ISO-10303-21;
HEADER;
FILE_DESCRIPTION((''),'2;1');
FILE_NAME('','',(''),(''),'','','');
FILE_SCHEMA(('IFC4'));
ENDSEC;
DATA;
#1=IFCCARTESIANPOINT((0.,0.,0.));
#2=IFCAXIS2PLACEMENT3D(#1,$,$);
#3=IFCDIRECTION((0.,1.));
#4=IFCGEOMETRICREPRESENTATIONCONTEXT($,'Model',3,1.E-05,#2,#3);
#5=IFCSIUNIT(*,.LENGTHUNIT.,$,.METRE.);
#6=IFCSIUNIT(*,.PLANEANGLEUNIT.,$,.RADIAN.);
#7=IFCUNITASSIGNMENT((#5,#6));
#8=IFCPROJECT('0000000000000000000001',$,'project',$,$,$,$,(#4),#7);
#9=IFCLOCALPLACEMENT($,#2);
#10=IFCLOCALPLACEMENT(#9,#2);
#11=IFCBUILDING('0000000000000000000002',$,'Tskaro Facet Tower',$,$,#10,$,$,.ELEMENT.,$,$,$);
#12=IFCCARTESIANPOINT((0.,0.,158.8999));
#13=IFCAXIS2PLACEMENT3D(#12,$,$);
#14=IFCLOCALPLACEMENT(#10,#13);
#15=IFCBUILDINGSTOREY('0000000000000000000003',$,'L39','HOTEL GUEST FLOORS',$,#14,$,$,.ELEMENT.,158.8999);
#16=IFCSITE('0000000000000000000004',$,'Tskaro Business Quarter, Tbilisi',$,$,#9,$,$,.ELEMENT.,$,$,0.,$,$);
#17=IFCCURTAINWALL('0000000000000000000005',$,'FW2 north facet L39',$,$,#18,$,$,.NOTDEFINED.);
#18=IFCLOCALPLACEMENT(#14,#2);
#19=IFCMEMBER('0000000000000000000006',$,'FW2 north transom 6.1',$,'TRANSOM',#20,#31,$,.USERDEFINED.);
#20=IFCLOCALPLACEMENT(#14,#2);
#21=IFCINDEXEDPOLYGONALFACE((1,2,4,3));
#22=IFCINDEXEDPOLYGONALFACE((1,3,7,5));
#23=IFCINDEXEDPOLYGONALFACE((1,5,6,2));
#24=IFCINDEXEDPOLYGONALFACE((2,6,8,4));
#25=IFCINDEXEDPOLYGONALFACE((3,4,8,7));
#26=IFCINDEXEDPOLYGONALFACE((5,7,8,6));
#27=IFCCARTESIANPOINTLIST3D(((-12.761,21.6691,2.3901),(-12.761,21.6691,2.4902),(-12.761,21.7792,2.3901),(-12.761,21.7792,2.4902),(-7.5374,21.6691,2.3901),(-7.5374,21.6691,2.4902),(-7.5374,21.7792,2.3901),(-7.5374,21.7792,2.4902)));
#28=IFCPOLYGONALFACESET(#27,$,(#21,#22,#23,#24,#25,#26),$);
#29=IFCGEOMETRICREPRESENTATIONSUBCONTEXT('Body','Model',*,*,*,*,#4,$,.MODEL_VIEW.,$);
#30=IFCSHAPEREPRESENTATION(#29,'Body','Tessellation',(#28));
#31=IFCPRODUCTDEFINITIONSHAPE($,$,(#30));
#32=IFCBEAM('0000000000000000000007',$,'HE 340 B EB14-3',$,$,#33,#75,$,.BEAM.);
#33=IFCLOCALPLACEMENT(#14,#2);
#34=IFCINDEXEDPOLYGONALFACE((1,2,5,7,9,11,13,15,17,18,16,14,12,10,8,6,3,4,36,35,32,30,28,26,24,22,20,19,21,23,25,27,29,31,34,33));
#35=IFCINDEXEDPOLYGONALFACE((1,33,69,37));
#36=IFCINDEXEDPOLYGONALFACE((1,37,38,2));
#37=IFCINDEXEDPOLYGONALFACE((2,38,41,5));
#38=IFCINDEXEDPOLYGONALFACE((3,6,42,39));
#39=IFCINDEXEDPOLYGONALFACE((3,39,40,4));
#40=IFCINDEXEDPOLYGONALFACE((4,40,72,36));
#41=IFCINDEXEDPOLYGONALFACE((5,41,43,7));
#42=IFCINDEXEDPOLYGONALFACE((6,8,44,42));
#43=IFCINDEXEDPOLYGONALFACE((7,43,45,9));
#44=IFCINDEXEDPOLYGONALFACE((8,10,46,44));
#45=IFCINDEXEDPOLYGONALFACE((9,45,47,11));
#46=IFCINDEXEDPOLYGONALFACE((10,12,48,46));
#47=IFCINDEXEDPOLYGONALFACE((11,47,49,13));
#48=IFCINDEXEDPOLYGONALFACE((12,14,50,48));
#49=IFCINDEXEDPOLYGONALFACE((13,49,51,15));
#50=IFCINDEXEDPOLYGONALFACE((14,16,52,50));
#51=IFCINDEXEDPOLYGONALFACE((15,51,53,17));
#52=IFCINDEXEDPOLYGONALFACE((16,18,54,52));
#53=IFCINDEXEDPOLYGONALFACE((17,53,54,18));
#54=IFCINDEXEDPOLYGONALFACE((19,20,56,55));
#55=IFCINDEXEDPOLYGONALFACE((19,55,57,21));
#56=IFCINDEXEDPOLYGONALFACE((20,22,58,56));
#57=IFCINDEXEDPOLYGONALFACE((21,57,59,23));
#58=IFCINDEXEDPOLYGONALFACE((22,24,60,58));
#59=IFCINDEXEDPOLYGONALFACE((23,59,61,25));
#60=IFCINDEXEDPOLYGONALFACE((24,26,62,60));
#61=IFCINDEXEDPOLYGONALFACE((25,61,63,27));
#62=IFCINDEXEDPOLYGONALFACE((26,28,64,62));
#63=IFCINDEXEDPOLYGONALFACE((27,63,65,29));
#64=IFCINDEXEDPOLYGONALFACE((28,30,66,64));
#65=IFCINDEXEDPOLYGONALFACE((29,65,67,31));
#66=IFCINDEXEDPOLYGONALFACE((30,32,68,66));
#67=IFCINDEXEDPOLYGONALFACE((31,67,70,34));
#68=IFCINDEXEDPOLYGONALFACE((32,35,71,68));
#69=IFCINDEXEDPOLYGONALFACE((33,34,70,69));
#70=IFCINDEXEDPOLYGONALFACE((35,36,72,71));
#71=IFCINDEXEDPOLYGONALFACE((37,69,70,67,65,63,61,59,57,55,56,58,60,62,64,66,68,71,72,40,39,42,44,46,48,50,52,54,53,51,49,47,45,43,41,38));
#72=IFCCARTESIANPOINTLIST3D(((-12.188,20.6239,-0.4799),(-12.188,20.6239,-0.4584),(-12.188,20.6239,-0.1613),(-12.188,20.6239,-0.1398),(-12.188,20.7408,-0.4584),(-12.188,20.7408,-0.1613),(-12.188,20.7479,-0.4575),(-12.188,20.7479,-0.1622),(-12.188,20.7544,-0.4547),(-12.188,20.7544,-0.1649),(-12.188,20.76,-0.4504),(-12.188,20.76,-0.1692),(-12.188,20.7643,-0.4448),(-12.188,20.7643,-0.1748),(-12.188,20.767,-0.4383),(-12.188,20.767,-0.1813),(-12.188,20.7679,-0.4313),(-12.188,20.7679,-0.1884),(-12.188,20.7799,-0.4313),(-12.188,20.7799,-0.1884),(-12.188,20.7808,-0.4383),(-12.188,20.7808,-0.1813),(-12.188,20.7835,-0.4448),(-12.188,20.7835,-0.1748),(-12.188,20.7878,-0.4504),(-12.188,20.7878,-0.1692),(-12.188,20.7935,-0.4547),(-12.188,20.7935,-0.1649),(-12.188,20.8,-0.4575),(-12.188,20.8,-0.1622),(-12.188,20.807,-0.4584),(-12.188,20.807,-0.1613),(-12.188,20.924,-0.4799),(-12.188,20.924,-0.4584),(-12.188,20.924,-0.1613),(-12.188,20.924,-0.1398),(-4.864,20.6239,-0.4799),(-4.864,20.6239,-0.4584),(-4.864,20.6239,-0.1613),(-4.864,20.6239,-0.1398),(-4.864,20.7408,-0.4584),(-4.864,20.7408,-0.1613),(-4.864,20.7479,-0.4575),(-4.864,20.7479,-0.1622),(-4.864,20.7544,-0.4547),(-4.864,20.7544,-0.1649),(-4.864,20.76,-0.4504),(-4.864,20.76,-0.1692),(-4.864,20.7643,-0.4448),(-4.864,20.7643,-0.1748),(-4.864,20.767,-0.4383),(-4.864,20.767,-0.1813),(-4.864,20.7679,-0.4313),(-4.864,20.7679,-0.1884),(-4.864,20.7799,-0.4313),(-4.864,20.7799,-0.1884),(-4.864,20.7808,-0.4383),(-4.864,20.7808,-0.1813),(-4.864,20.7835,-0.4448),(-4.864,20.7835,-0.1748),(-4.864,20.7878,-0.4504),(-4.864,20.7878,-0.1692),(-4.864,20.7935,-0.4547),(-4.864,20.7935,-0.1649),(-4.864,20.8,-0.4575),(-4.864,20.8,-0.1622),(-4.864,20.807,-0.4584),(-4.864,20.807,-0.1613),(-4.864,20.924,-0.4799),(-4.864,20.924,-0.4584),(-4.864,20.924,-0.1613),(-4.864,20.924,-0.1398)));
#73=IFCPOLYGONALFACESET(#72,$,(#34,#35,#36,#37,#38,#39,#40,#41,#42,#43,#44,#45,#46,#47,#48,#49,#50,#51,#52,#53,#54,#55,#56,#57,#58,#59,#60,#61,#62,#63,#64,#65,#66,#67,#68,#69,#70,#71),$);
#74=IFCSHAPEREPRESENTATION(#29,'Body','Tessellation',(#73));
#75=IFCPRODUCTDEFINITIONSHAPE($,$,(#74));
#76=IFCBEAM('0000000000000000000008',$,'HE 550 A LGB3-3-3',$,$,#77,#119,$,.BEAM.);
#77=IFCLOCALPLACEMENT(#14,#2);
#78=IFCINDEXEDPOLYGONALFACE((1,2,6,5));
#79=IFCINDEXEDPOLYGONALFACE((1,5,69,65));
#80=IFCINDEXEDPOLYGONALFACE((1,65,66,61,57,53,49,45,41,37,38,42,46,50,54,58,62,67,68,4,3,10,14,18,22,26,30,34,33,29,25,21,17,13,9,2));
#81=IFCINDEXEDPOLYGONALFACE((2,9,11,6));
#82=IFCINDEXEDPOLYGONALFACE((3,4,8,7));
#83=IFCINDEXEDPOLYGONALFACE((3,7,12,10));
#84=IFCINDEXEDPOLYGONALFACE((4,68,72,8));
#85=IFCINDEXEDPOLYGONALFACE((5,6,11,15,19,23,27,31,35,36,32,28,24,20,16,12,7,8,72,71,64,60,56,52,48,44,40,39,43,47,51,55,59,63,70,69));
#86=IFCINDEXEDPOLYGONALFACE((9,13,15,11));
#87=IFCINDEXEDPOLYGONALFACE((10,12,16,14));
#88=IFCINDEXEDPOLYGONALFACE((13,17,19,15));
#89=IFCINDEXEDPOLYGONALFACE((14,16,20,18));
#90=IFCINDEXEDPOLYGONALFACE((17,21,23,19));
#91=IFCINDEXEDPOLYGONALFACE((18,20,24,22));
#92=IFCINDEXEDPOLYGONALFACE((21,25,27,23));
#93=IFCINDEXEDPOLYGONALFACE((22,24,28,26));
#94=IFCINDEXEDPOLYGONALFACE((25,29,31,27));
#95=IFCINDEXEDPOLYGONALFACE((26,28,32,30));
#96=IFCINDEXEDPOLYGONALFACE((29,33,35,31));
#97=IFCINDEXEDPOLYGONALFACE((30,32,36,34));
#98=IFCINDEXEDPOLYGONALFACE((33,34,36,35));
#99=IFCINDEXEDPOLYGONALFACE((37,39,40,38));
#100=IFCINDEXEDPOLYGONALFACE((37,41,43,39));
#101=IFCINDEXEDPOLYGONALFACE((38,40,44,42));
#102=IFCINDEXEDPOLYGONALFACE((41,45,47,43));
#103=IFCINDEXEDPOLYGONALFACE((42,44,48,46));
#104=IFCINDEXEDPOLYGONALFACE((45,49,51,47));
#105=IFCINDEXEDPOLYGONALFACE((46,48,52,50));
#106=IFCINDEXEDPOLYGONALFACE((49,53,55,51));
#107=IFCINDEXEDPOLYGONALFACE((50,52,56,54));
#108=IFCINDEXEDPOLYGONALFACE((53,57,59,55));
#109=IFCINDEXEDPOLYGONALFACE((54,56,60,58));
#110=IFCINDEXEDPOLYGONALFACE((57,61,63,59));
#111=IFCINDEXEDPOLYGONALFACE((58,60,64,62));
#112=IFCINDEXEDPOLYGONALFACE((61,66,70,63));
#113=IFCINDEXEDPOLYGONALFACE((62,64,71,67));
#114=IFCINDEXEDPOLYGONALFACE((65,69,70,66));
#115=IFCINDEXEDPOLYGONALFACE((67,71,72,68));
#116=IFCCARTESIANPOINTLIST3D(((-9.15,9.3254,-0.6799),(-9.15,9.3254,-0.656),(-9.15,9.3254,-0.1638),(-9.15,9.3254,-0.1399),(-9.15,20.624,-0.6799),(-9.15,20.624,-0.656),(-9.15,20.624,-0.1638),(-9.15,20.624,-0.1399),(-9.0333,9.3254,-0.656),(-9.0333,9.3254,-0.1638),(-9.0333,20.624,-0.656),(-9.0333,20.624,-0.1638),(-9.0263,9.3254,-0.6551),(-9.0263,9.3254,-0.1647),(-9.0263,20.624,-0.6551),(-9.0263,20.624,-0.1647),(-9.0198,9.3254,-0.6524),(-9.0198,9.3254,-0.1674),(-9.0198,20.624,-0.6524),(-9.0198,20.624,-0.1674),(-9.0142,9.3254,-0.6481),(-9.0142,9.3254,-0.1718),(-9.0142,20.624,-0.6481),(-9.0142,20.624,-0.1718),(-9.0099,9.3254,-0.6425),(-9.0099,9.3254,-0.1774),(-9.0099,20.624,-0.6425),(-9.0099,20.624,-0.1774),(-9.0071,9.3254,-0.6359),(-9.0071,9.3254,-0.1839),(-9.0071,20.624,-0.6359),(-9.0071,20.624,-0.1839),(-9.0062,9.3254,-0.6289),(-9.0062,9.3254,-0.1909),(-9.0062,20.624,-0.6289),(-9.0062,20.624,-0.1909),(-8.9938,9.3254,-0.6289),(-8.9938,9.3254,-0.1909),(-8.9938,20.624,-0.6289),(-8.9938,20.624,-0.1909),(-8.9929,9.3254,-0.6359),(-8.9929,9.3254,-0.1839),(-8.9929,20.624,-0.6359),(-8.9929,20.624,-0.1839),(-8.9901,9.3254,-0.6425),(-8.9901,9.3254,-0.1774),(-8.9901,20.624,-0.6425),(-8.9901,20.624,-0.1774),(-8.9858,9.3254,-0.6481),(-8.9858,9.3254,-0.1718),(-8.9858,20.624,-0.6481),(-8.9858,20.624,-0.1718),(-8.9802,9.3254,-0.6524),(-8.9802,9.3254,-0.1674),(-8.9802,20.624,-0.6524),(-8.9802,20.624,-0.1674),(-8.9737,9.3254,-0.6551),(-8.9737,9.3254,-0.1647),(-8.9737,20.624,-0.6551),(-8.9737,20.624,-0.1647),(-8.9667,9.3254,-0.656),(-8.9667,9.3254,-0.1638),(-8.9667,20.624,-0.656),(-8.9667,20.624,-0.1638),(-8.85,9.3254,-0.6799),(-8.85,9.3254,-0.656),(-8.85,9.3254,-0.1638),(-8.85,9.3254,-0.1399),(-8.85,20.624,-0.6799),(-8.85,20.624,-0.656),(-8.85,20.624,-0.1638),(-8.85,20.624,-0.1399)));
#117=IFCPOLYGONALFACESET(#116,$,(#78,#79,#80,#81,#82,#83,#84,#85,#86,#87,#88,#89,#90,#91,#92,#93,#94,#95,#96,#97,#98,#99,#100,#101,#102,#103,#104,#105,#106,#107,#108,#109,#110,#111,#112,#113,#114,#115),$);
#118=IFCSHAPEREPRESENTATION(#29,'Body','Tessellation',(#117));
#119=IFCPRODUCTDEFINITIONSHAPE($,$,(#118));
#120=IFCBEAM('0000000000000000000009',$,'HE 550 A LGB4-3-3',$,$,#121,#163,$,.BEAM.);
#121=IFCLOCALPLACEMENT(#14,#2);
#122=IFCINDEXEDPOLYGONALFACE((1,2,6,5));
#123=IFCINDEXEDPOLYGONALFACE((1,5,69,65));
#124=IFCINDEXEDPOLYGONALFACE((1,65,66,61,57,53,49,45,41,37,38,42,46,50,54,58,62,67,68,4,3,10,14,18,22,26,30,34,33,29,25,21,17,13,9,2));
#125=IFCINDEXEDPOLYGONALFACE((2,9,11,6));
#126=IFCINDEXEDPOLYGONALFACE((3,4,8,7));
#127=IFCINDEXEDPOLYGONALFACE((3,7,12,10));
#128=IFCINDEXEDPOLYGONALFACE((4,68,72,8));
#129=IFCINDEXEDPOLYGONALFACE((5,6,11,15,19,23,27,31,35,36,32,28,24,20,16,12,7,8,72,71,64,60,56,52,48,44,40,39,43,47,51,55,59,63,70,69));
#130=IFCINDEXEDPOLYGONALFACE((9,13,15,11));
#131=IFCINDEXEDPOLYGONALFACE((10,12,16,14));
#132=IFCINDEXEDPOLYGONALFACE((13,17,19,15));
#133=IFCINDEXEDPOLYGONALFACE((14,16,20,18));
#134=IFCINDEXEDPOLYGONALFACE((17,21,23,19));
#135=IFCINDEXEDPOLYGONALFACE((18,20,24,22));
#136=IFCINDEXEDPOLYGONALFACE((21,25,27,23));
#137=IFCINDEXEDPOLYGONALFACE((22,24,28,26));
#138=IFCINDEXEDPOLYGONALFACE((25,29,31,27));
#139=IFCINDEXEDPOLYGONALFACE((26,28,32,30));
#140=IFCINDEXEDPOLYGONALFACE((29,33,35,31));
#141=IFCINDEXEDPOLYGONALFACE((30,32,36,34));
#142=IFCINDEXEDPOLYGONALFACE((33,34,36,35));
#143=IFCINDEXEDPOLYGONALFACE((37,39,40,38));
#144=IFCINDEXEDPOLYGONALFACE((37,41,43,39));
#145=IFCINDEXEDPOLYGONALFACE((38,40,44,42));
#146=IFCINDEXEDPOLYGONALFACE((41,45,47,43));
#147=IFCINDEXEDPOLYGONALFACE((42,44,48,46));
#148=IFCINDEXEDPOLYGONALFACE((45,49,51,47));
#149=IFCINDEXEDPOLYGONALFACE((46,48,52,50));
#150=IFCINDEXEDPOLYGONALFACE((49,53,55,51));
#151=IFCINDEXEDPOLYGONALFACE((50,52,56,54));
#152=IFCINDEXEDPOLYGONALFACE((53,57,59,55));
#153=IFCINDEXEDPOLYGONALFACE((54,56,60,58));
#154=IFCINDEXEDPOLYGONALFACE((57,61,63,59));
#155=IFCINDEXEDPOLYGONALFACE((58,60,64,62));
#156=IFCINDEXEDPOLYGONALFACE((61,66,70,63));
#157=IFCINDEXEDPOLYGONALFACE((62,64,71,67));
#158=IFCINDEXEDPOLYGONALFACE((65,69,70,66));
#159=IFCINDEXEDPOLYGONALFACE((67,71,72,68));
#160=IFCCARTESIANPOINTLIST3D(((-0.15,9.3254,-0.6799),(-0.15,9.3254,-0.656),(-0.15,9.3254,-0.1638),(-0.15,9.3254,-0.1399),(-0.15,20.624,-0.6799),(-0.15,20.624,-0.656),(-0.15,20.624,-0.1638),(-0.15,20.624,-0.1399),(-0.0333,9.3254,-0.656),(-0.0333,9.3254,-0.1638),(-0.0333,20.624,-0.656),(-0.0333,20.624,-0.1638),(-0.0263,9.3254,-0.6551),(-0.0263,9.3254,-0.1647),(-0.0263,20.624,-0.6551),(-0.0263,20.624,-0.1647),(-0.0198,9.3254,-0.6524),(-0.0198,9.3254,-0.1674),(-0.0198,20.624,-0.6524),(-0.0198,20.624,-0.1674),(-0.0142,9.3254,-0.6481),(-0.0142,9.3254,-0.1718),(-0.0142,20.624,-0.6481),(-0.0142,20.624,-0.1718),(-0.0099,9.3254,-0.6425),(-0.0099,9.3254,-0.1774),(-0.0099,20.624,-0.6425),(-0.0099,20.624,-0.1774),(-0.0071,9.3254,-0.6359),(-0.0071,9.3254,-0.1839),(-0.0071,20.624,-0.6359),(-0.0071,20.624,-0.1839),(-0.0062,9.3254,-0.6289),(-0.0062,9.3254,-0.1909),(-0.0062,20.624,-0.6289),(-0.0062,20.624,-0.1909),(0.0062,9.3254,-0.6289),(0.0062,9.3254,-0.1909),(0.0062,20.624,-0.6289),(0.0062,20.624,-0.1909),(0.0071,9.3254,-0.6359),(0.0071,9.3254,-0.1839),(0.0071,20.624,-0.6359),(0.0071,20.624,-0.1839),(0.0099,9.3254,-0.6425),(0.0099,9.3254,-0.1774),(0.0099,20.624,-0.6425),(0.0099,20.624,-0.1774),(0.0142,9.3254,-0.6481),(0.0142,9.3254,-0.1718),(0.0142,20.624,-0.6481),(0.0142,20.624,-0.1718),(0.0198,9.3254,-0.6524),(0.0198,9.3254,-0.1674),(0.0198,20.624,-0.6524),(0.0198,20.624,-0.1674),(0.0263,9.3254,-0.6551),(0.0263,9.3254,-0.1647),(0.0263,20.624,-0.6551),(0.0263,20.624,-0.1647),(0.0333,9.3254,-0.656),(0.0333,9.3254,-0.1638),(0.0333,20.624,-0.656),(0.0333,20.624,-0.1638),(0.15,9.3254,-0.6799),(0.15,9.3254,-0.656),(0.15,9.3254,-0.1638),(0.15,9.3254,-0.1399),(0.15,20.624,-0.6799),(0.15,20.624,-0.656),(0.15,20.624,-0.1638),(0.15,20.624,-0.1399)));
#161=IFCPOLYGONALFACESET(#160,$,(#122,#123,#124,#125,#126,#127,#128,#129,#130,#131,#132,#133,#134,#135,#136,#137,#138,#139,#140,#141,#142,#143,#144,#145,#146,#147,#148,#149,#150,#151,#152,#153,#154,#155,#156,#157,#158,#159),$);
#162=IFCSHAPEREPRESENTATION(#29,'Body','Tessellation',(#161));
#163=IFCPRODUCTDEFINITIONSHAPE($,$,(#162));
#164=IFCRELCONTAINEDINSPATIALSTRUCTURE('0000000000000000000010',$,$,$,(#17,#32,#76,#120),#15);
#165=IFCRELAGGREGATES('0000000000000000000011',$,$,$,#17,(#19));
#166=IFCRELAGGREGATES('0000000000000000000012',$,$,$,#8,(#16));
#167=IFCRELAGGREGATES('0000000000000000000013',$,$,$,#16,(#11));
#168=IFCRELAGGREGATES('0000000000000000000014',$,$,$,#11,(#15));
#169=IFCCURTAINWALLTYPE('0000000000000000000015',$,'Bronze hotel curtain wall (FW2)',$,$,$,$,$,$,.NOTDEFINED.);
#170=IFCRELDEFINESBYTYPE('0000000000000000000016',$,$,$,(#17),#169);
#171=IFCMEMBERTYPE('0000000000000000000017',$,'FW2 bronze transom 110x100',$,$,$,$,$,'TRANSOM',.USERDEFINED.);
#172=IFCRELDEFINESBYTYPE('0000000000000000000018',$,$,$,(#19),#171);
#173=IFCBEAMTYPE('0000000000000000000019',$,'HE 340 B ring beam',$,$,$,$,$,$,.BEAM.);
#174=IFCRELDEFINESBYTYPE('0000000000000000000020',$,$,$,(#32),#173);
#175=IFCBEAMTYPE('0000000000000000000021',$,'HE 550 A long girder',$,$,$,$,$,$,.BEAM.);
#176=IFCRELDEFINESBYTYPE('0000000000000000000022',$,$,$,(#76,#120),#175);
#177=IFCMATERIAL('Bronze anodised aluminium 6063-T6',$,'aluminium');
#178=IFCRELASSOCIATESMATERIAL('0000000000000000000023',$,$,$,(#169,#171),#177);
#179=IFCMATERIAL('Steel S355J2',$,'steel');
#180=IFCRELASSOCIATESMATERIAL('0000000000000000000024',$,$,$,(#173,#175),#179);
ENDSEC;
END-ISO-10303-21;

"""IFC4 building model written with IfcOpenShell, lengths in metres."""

from ifc_helpers import new_model, si_unit, direction, frame, origin, origin_2d, place, context, subcontext, project, spatial, rectangle, i_section, extrude, material, material_profile, profile_set, type_object, element, aggregate, save


model = new_model("IFC4")

# Units and contexts
model_context = context("Model", 3, precision=1e-05, world=origin(), true_north=direction((0.0, 1.0)))
body_context = subcontext(model_context, "Body", "Model", "MODEL_VIEW")
ifc_project = project(units=[si_unit("LENGTHUNIT", "METRE"), si_unit("PLANEANGLEUNIT", "RADIAN")], contexts=[model_context])

# Site, building, storey
site_placement = place(None, origin())
site = spatial("IfcSite", under=ifc_project, at=site_placement, Name="Tskaro Business Quarter, Tbilisi", CompositionType="ELEMENT", RefElevation=0.0)
building_placement = place(site_placement, origin())
building = spatial("IfcBuilding", under=site, at=building_placement, Name="Tskaro Facet Tower", CompositionType="ELEMENT")
storey_placement = place(building_placement, frame((0.0, 0.0, 158.8999)))
storey = spatial("IfcBuildingStorey", under=building, at=storey_placement, Name="L39", Description="HOTEL GUEST FLOORS", CompositionType="ELEMENT", Elevation=158.8999)

# Curtain wall, member
ifc_material_1 = material(Name="Bronze anodised aluminium 6063-T6", Category="aluminium")
curtain_wall_type = type_object("IfcCurtainWallType", Name="Bronze hotel curtain wall (FW2)", PredefinedType="NOTDEFINED", material=ifc_material_1)
curtain_wall_placement = place(storey_placement, origin())
curtain_wall = element("IfcCurtainWall", 1, at=curtain_wall_placement, inside=storey, type_object=curtain_wall_type, Name="FW2 north facet L39", PredefinedType="NOTDEFINED")
ifc_material_profile_1 = material_profile(ifc_material_1, rectangle(XDim=0.1101, YDim=0.1001, at=origin_2d()), Name="Transom 110x100")
ifc_profile_set_1 = profile_set([ifc_material_profile_1], Name="Bronze anodised aluminium 6063-T6")
member_type_1 = type_object("IfcMemberType", Name="FW2 bronze transom 110x100", ElementType="TRANSOM", PredefinedType="USERDEFINED", material=ifc_profile_set_1)
member_1_placement = place(storey_placement, frame((-7.5374, 21.7241, 2.4402), z_axis=(-1.0, 0.0, 0.0), x_axis=(0.0, -1.0, 0.0)))
member_1 = element("IfcMember", 2, at=member_1_placement, type_object=member_type_1, Name="FW2 north transom 6.1", ObjectType="TRANSOM", PredefinedType="USERDEFINED", context=body_context, shape_type="SweptSolid", body=[
    extrude(rectangle(XDim=0.1101, YDim=0.1001, at=origin_2d()), origin(), (0.0, 0.0, 1.0), 5.2236),
])

# Beams
ifc_material_2 = material(Name="Steel S355J2", Category="steel")
ifc_material_profile_2 = material_profile(ifc_material_2, i_section(OverallWidth=0.3, OverallDepth=0.3401, WebThickness=0.012, FlangeThickness=0.0215, FilletRadius=0.0271, at=origin_2d()), Name="HE 340 B")
ifc_profile_set_2 = profile_set([ifc_material_profile_2], Name="Steel S355J2")
beam_type_1 = type_object("IfcBeamType", Name="HE 340 B ring beam", PredefinedType="BEAM", material=ifc_profile_set_2)
beam_placement = place(storey_placement, frame((-4.864, 20.7739, -0.3098), z_axis=(-1.0, 0.0, 0.0), x_axis=(0.0, -1.0, 0.0)))
element("IfcBeam", 3, at=beam_placement, inside=storey, type_object=beam_type_1, Name="HE 340 B EB14-3", PredefinedType="BEAM", context=body_context, shape_type="SweptSolid", body=[
    extrude(i_section(OverallWidth=0.3, OverallDepth=0.3401, WebThickness=0.012, FlangeThickness=0.0215, FilletRadius=0.0271, at=origin_2d()), origin(), (0.0, 0.0, 1.0), 7.324),
])
ifc_material_profile_3 = material_profile(ifc_material_2, i_section(OverallWidth=0.3, OverallDepth=0.54, WebThickness=0.0125, FlangeThickness=0.0239, FilletRadius=0.0271, at=origin_2d()), Name="HE 550 A")
ifc_profile_set_3 = profile_set([ifc_material_profile_3], Name="Steel S355J2")
beam_type_2 = type_object("IfcBeamType", Name="HE 550 A long girder", PredefinedType="BEAM", material=ifc_profile_set_3)
for number, where, z_axis, x_axis, name in (
    (4, (-9.0, 9.3254, -0.4099), (0.0, 1.0, 0.0), (-1.0, 0.0, 0.0), "HE 550 A LGB3-3-3"),
    (5, (0.0, 9.3254, -0.4099), (0.0, 1.0, 0.0), (-1.0, 0.0, 0.0), "HE 550 A LGB4-3-3"),
):
    element("IfcBeam", number, at=place(storey_placement, frame(where, z_axis=z_axis, x_axis=x_axis)), inside=storey, type_object=beam_type_2, Name=name, PredefinedType="BEAM", context=body_context, shape_type="SweptSolid", body=[
        extrude(i_section(OverallWidth=0.3, OverallDepth=0.54, WebThickness=0.0125, FlangeThickness=0.0239, FilletRadius=0.0271, at=origin_2d()), origin(), (0.0, 0.0, 1.0), 11.2986),
    ])

aggregate(curtain_wall, [member_1])

save(model, "model.ifc")
